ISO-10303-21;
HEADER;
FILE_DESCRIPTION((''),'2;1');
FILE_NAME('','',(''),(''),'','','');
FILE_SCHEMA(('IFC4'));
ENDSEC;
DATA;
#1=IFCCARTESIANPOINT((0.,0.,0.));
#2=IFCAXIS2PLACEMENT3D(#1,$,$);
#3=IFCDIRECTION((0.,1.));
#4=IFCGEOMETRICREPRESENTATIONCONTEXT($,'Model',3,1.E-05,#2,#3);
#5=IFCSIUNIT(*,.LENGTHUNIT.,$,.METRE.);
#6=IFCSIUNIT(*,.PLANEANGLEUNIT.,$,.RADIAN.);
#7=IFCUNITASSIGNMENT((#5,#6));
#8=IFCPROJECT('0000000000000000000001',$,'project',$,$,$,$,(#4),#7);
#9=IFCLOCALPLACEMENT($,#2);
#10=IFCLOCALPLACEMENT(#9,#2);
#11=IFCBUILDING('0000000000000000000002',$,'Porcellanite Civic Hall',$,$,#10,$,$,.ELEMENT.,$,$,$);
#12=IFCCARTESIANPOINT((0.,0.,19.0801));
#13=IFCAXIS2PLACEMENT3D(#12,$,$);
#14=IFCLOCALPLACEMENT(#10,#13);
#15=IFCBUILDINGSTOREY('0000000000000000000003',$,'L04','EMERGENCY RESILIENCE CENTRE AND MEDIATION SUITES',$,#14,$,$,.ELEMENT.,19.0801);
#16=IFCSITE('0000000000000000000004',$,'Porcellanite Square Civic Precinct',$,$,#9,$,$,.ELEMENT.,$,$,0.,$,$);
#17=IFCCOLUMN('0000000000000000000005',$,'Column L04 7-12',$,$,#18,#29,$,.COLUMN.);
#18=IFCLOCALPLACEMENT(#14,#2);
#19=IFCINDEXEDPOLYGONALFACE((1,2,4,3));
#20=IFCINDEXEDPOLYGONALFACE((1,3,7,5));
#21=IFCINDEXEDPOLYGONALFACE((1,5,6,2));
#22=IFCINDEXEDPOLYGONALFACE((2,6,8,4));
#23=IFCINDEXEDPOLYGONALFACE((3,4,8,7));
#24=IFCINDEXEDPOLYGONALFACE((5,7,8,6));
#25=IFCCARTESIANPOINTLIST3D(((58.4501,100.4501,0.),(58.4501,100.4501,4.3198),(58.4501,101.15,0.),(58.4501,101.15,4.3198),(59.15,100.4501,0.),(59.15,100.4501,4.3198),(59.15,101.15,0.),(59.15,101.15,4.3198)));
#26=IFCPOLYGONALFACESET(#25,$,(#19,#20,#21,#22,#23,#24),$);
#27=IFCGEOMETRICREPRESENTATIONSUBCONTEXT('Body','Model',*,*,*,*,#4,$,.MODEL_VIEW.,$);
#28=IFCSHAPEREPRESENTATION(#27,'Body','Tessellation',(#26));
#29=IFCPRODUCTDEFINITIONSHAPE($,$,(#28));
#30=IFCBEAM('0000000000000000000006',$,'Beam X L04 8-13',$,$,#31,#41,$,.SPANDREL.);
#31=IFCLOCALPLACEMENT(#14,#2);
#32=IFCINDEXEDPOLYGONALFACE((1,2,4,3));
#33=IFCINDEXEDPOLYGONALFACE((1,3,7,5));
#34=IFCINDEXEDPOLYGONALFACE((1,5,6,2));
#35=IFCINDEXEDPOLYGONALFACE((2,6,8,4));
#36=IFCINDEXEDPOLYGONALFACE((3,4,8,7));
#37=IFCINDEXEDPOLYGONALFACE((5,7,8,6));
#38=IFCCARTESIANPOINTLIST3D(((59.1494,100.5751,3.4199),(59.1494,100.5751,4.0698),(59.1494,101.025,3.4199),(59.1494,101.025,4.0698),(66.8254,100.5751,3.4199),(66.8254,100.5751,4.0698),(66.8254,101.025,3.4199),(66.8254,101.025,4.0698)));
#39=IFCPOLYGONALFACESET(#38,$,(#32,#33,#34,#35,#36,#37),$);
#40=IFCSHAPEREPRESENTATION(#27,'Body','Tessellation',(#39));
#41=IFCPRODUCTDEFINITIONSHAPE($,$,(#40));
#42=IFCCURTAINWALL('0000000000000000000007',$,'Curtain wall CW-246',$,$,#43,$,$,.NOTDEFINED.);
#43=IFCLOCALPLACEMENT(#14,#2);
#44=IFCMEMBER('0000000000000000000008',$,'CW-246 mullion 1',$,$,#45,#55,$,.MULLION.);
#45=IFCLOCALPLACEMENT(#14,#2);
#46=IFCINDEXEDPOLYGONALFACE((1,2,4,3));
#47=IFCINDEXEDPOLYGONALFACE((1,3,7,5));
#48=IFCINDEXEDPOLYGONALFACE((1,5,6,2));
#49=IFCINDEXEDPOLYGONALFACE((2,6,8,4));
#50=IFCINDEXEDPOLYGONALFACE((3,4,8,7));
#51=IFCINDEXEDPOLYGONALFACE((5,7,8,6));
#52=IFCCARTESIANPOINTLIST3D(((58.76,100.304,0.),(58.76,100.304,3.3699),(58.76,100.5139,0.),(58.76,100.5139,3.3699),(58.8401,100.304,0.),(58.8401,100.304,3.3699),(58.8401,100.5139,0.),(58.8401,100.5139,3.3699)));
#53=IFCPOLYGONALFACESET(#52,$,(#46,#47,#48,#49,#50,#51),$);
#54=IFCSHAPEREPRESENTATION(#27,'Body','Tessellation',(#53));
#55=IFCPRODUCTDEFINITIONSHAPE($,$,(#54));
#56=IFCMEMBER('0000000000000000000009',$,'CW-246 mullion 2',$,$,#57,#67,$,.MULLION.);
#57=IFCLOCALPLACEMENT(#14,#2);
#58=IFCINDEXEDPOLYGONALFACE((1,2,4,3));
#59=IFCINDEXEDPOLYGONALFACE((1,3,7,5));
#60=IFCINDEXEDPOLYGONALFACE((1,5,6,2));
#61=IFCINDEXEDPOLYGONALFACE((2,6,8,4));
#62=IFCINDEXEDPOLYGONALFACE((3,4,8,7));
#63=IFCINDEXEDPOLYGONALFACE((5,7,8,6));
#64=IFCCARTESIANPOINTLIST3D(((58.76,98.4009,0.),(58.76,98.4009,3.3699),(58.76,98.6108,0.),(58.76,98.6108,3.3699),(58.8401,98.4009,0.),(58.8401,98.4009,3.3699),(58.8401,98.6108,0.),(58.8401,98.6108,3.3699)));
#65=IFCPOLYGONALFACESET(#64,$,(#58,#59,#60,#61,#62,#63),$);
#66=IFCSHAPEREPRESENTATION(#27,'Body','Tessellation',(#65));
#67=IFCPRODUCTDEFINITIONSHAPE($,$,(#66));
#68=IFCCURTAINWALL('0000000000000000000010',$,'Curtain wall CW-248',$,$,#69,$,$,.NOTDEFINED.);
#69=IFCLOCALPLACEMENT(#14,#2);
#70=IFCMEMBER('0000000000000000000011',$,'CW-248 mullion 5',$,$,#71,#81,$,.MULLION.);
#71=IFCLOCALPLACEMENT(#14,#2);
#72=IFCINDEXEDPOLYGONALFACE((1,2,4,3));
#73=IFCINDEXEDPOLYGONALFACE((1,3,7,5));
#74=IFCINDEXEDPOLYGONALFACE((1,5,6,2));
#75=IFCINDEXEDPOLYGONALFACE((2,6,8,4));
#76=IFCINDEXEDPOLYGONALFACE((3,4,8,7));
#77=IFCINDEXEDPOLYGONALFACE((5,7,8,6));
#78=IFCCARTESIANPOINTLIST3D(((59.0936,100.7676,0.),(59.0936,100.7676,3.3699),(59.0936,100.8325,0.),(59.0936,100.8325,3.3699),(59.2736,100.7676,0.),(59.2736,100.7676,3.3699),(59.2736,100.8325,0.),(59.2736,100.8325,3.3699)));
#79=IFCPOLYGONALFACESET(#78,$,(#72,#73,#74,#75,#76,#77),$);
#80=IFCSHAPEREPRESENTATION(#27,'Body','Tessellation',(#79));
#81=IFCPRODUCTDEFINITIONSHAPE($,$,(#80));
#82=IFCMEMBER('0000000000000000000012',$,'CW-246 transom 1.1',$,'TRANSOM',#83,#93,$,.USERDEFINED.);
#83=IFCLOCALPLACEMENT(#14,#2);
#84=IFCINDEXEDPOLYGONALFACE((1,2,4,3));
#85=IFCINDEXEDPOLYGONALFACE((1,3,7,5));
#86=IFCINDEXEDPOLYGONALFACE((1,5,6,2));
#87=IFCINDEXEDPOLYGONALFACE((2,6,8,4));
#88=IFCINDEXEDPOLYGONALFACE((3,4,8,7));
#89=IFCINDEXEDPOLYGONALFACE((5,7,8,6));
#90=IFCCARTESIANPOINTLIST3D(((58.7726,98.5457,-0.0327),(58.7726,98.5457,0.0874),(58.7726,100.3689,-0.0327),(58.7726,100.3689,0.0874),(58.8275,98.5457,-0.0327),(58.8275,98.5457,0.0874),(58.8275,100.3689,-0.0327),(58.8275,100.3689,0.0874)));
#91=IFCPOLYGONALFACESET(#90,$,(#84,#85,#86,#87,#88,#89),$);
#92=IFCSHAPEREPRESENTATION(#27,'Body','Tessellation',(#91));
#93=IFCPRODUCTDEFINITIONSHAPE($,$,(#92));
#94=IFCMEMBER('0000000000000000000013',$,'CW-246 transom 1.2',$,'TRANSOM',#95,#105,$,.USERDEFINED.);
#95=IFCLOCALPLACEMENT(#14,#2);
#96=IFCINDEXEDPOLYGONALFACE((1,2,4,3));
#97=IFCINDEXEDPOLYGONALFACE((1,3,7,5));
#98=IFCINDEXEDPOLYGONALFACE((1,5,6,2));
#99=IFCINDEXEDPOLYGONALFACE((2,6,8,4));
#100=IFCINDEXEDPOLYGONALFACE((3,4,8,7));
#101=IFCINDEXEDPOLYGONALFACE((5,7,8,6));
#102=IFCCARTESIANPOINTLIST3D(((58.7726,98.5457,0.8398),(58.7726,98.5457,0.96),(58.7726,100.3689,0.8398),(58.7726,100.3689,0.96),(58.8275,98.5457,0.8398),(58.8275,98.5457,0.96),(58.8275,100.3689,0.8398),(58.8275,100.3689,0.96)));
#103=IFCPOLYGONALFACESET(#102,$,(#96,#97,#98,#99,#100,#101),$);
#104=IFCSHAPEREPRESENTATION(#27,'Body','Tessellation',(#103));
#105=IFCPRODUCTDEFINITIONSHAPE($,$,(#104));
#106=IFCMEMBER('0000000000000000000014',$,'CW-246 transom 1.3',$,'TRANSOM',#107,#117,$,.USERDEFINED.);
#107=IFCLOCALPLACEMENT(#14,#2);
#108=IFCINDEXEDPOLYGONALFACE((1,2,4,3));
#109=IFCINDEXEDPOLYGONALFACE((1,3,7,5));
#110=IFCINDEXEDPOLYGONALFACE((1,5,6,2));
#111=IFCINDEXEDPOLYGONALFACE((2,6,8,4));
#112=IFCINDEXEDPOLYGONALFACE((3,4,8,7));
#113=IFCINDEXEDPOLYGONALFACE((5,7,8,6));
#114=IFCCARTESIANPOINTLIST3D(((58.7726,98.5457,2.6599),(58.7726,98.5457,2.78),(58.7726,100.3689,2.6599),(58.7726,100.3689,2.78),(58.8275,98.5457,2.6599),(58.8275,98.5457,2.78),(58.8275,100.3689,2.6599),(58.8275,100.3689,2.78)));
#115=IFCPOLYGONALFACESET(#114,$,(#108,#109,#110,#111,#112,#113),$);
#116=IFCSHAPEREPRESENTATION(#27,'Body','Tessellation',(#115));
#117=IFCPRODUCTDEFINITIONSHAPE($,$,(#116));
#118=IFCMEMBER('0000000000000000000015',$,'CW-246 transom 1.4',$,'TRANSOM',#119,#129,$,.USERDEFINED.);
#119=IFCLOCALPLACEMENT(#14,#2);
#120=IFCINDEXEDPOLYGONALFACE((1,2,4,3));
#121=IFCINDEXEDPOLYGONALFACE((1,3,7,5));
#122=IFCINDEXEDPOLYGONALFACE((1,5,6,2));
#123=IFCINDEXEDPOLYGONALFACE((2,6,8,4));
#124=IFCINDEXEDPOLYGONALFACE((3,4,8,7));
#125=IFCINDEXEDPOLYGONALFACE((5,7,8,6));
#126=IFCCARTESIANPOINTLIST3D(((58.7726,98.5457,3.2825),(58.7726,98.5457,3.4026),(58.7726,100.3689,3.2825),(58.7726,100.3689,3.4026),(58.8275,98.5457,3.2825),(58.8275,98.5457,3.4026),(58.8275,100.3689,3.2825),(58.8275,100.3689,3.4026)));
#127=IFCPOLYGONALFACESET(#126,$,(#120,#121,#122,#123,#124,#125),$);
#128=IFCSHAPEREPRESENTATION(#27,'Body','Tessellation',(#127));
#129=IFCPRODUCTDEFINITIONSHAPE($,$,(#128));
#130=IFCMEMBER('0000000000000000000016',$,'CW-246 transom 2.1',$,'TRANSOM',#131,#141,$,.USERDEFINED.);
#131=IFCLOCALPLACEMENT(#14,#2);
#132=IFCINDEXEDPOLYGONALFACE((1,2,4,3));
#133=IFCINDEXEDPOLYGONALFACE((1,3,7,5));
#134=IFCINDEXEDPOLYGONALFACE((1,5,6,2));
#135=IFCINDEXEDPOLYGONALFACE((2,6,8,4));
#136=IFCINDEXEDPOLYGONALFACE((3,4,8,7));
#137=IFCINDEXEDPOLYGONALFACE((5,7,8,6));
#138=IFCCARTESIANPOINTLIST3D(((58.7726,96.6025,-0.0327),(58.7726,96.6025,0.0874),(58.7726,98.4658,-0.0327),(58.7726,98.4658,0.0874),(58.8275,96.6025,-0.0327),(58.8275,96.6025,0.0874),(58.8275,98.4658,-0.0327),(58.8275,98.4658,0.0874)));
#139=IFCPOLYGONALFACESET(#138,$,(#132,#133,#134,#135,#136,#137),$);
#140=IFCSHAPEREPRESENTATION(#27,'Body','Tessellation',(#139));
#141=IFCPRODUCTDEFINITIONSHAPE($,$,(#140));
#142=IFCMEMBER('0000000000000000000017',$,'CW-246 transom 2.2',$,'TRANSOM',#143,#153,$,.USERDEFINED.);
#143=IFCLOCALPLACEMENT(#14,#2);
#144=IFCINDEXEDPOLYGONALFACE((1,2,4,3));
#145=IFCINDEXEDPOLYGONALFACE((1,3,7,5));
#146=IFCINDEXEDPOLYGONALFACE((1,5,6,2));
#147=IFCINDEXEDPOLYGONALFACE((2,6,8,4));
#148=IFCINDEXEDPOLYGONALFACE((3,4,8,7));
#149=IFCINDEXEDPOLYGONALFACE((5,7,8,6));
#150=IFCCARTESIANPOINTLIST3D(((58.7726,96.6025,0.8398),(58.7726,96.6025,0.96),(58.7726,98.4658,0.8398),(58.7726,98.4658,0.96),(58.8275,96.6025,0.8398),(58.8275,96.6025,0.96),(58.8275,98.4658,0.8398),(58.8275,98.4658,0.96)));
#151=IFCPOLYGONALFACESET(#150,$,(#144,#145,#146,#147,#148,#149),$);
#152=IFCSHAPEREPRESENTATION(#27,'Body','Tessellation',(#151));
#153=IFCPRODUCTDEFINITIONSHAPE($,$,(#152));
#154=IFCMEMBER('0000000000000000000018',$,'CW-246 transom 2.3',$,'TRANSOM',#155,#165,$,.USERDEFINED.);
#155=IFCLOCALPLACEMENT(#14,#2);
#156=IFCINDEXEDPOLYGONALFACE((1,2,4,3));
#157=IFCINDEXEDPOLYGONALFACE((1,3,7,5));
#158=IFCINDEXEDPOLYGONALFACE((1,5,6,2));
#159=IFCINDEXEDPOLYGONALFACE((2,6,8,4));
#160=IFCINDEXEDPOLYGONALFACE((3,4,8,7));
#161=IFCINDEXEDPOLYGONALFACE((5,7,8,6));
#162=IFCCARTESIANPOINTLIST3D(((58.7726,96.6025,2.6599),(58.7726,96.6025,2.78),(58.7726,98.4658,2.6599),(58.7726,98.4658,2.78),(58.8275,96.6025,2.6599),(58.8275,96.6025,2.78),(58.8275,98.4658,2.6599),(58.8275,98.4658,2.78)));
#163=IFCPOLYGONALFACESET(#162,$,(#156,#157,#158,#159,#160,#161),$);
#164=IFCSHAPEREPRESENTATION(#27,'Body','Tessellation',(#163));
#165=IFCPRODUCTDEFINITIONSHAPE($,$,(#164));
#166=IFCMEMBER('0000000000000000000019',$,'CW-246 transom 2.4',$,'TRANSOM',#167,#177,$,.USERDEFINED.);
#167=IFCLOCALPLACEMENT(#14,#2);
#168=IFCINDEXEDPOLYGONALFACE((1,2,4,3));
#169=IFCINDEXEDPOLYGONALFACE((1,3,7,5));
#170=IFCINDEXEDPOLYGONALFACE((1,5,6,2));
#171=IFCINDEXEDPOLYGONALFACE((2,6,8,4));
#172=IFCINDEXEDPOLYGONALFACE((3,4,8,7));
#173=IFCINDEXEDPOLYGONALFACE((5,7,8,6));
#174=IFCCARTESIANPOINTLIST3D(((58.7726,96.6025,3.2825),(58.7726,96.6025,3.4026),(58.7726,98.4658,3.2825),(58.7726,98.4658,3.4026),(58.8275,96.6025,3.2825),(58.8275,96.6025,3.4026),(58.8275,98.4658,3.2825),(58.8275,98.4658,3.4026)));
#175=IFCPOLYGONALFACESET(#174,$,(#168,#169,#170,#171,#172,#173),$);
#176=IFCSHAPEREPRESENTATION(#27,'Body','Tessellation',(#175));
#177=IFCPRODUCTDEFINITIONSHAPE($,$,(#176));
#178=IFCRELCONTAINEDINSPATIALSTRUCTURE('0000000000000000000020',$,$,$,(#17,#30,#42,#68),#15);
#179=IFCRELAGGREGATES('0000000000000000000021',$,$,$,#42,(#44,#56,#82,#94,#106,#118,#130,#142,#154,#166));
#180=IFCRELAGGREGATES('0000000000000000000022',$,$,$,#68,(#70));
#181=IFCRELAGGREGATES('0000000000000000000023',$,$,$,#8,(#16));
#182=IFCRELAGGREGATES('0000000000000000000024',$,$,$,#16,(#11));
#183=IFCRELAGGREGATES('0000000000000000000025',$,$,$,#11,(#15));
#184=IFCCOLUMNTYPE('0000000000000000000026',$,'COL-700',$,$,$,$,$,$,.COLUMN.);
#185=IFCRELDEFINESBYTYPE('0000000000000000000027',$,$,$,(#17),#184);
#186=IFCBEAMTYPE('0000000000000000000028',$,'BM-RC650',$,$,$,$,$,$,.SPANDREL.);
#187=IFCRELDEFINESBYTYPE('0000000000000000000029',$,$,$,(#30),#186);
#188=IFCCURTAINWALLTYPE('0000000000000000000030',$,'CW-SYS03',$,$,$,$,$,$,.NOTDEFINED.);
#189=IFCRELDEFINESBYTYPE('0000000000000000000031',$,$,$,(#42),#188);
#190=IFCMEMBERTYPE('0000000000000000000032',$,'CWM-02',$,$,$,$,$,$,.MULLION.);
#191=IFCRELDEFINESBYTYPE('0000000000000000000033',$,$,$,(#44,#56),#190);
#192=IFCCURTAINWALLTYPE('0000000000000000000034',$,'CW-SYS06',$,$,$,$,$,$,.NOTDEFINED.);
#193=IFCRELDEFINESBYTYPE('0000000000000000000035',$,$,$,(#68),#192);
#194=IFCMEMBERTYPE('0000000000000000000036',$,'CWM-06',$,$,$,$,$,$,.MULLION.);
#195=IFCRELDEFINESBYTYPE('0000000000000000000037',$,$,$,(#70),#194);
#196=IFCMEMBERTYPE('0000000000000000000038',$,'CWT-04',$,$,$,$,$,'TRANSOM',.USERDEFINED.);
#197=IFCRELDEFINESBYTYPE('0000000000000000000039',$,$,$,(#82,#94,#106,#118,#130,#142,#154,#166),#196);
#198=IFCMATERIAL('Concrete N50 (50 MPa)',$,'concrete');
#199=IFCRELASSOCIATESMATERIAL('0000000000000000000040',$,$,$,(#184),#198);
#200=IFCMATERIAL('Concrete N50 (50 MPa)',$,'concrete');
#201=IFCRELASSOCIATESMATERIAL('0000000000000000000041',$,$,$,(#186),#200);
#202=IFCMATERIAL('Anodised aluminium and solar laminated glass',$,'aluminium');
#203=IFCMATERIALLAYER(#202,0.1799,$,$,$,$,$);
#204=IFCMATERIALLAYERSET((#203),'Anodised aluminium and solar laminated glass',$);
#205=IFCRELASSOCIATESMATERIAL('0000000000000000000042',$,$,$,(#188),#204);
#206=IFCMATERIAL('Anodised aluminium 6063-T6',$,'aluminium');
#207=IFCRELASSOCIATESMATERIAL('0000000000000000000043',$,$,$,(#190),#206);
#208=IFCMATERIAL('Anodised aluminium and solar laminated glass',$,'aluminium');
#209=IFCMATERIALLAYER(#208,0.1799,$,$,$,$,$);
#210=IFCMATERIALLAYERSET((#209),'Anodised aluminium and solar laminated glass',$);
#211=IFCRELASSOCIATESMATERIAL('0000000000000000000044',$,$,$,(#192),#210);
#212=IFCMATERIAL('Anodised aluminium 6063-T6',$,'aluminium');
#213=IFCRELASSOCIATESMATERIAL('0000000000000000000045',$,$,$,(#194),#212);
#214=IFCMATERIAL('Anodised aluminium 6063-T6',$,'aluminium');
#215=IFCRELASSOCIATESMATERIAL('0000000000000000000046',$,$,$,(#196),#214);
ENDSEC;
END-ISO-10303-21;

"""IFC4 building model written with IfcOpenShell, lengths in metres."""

from ifc_helpers import new_model, si_unit, direction, frame, origin, origin_2d, place, context, subcontext, project, spatial, rectangle, extrude, material, layer, layer_set, material_profile, profile_set, type_object, element, aggregate, save


model = new_model("IFC4")

# Units and contexts
model_context = context("Model", 3, precision=1e-05, world=origin(), true_north=direction((0.0, 1.0)))
body_context = subcontext(model_context, "Body", "Model", "MODEL_VIEW")
ifc_project = project(units=[si_unit("LENGTHUNIT", "METRE"), si_unit("PLANEANGLEUNIT", "RADIAN")], contexts=[model_context])

# Site, building, storey
site_placement = place(None, origin())
site = spatial("IfcSite", under=ifc_project, at=site_placement, Name="Porcellanite Square Civic Precinct", CompositionType="ELEMENT", RefElevation=0.0)
building_placement = place(site_placement, origin())
building = spatial("IfcBuilding", under=site, at=building_placement, Name="Porcellanite Civic Hall", CompositionType="ELEMENT")
storey_placement = place(building_placement, frame((0.0, 0.0, 19.0801)))
storey = spatial("IfcBuildingStorey", under=building, at=storey_placement, Name="L04", Description="EMERGENCY RESILIENCE CENTRE AND MEDIATION SUITES", CompositionType="ELEMENT", Elevation=19.0801)

# Column
ifc_material_1 = material(Name="Concrete N50 (50 MPa)", Category="concrete")
ifc_material_profile_1 = material_profile(ifc_material_1, rectangle(XDim=0.7, YDim=0.7, at=origin_2d()), Name="RC-700x700")
ifc_profile_set_1 = profile_set([ifc_material_profile_1], Name="Concrete N50 (50 MPa)")
column_type = type_object("IfcColumnType", Name="COL-700", PredefinedType="COLUMN", material=ifc_profile_set_1)
column_placement = place(storey_placement, frame((58.8, 100.8, 0.0), z_axis=(0.0, 0.0, 1.0), x_axis=(1.0, 0.0, 0.0)))
element("IfcColumn", 1, at=column_placement, inside=storey, type_object=column_type, Name="Column L04 7-12", PredefinedType="COLUMN", context=body_context, shape_type="SweptSolid", body=[
    extrude(rectangle(XDim=0.7, YDim=0.7, at=origin_2d()), origin(), (0.0, 0.0, 1.0), 4.3198),
])

# Beam
ifc_material_2 = material(Name="Concrete N50 (50 MPa)", Category="concrete")
ifc_material_profile_2 = material_profile(ifc_material_2, rectangle(XDim=0.45, YDim=0.6499, at=origin_2d()), Name="RC-450x650")
ifc_profile_set_2 = profile_set([ifc_material_profile_2], Name="Concrete N50 (50 MPa)")
beam_type = type_object("IfcBeamType", Name="BM-RC650", PredefinedType="SPANDREL", material=ifc_profile_set_2)
beam_placement = place(storey_placement, frame((59.1494, 100.8, 3.7449), z_axis=(1.0, 0.0, 0.0), x_axis=(0.0, 1.0, 0.0)))
element("IfcBeam", 2, at=beam_placement, inside=storey, type_object=beam_type, Name="Beam X L04 8-13", PredefinedType="SPANDREL", context=body_context, shape_type="SweptSolid", body=[
    extrude(rectangle(XDim=0.45, YDim=0.6499, at=origin_2d()), origin(), (0.0, 0.0, 1.0), 7.676),
])

# Curtain wall, members
ifc_material_3 = material(Name="Anodised aluminium and solar laminated glass", Category="aluminium")
ifc_layer_1 = layer(ifc_material_3, 0.1799)
ifc_layer_set_1 = layer_set([ifc_layer_1], Name="Anodised aluminium and solar laminated glass")
curtain_wall_type_1 = type_object("IfcCurtainWallType", Name="CW-SYS03", PredefinedType="NOTDEFINED", material=ifc_layer_set_1)
curtain_wall_1_placement = place(storey_placement, origin())
curtain_wall_1 = element("IfcCurtainWall", 3, at=curtain_wall_1_placement, inside=storey, type_object=curtain_wall_type_1, Name="Curtain wall CW-246", PredefinedType="NOTDEFINED")
ifc_material_4 = material(Name="Anodised aluminium 6063-T6", Category="aluminium")
ifc_material_profile_3 = material_profile(ifc_material_4, rectangle(XDim=0.0801, YDim=0.21, at=origin_2d()), Name="AL-80x210")
ifc_profile_set_3 = profile_set([ifc_material_profile_3], Name="Anodised aluminium 6063-T6")
member_type_1 = type_object("IfcMemberType", Name="CWM-02", PredefinedType="MULLION", material=ifc_profile_set_3)
member_1_placement = place(storey_placement, frame((58.8, 100.4089, 0.0), z_axis=(0.0, 0.0, 1.0), x_axis=(1.0, 0.0, 0.0)))
member_1 = element("IfcMember", 4, at=member_1_placement, type_object=member_type_1, Name="CW-246 mullion 1", PredefinedType="MULLION", context=body_context, shape_type="SweptSolid", body=[
    extrude(rectangle(XDim=0.0801, YDim=0.21, at=origin_2d()), origin(), (0.0, 0.0, 1.0), 3.3699),
])
member_2_placement = place(storey_placement, frame((58.8, 98.5059, 0.0), z_axis=(0.0, 0.0, 1.0), x_axis=(1.0, 0.0, 0.0)))
member_2 = element("IfcMember", 5, at=member_2_placement, type_object=member_type_1, Name="CW-246 mullion 2", PredefinedType="MULLION", context=body_context, shape_type="SweptSolid", body=[
    extrude(rectangle(XDim=0.0801, YDim=0.21, at=origin_2d()), origin(), (0.0, 0.0, 1.0), 3.3699),
])

# Curtain wall, member
ifc_material_5 = material(Name="Anodised aluminium and solar laminated glass", Category="aluminium")
ifc_layer_2 = layer(ifc_material_5, 0.1799)
ifc_layer_set_2 = layer_set([ifc_layer_2], Name="Anodised aluminium and solar laminated glass")
curtain_wall_type_2 = type_object("IfcCurtainWallType", Name="CW-SYS06", PredefinedType="NOTDEFINED", material=ifc_layer_set_2)
curtain_wall_2_placement = place(storey_placement, origin())
curtain_wall_2 = element("IfcCurtainWall", 6, at=curtain_wall_2_placement, inside=storey, type_object=curtain_wall_type_2, Name="Curtain wall CW-248", PredefinedType="NOTDEFINED")
ifc_material_6 = material(Name="Anodised aluminium 6063-T6", Category="aluminium")
ifc_material_profile_4 = material_profile(ifc_material_6, rectangle(XDim=0.0649, YDim=0.1799, at=origin_2d()), Name="AL-65x180")
ifc_profile_set_4 = profile_set([ifc_material_profile_4], Name="Anodised aluminium 6063-T6")
member_type_2 = type_object("IfcMemberType", Name="CWM-06", PredefinedType="MULLION", material=ifc_profile_set_4)
member_3_placement = place(storey_placement, frame((59.1836, 100.8, 0.0), z_axis=(0.0, 0.0, 1.0), x_axis=(0.0, -1.0, 0.0)))
member_3 = element("IfcMember", 7, at=member_3_placement, type_object=member_type_2, Name="CW-248 mullion 5", PredefinedType="MULLION", context=body_context, shape_type="SweptSolid", body=[
    extrude(rectangle(XDim=0.0649, YDim=0.1799, at=origin_2d()), origin(), (0.0, 0.0, 1.0), 3.3699),
])

# Members
ifc_material_7 = material(Name="Anodised aluminium 6063-T6", Category="aluminium")
ifc_material_profile_5 = material_profile(ifc_material_7, rectangle(XDim=0.0549, YDim=0.1201, at=origin_2d()), Name="AL-55x120")
ifc_profile_set_5 = profile_set([ifc_material_profile_5], Name="Anodised aluminium 6063-T6")
member_type_3 = type_object("IfcMemberType", Name="CWT-04", ElementType="TRANSOM", PredefinedType="USERDEFINED", material=ifc_profile_set_5)
member_4_placement = place(storey_placement, frame((58.8, 100.3689, 0.0273), z_axis=(0.0, -1.0, 0.0), x_axis=(1.0, 0.0, 0.0)))
member_4 = element("IfcMember", 8, at=member_4_placement, type_object=member_type_3, Name="CW-246 transom 1.1", ObjectType="TRANSOM", PredefinedType="USERDEFINED", context=body_context, shape_type="SweptSolid", body=[
    extrude(rectangle(XDim=0.0549, YDim=0.1201, at=origin_2d()), origin(), (0.0, 0.0, 1.0), 1.8232),
])
member_5_placement = place(storey_placement, frame((58.8, 100.3689, 0.8999), z_axis=(0.0, -1.0, 0.0), x_axis=(1.0, 0.0, 0.0)))
member_5 = element("IfcMember", 9, at=member_5_placement, type_object=member_type_3, Name="CW-246 transom 1.2", ObjectType="TRANSOM", PredefinedType="USERDEFINED", context=body_context, shape_type="SweptSolid", body=[
    extrude(rectangle(XDim=0.0549, YDim=0.1201, at=origin_2d()), origin(), (0.0, 0.0, 1.0), 1.8232),
])
member_6_placement = place(storey_placement, frame((58.8, 100.3689, 2.72), z_axis=(0.0, -1.0, 0.0), x_axis=(1.0, 0.0, 0.0)))
member_6 = element("IfcMember", 10, at=member_6_placement, type_object=member_type_3, Name="CW-246 transom 1.3", ObjectType="TRANSOM", PredefinedType="USERDEFINED", context=body_context, shape_type="SweptSolid", body=[
    extrude(rectangle(XDim=0.0549, YDim=0.1201, at=origin_2d()), origin(), (0.0, 0.0, 1.0), 1.8232),
])
member_7_placement = place(storey_placement, frame((58.8, 100.3689, 3.3425), z_axis=(0.0, -1.0, 0.0), x_axis=(1.0, 0.0, 0.0)))
member_7 = element("IfcMember", 11, at=member_7_placement, type_object=member_type_3, Name="CW-246 transom 1.4", ObjectType="TRANSOM", PredefinedType="USERDEFINED", context=body_context, shape_type="SweptSolid", body=[
    extrude(rectangle(XDim=0.0549, YDim=0.1201, at=origin_2d()), origin(), (0.0, 0.0, 1.0), 1.8232),
])
member_8_placement = place(storey_placement, frame((58.8, 98.4658, 0.0273), z_axis=(0.0, -1.0, 0.0), x_axis=(1.0, 0.0, 0.0)))
member_8 = element("IfcMember", 12, at=member_8_placement, type_object=member_type_3, Name="CW-246 transom 2.1", ObjectType="TRANSOM", PredefinedType="USERDEFINED", context=body_context, shape_type="SweptSolid", body=[
    extrude(rectangle(XDim=0.0549, YDim=0.1201, at=origin_2d()), origin(), (0.0, 0.0, 1.0), 1.8633),
])
member_9_placement = place(storey_placement, frame((58.8, 98.4658, 0.8999), z_axis=(0.0, -1.0, 0.0), x_axis=(1.0, 0.0, 0.0)))
member_9 = element("IfcMember", 13, at=member_9_placement, type_object=member_type_3, Name="CW-246 transom 2.2", ObjectType="TRANSOM", PredefinedType="USERDEFINED", context=body_context, shape_type="SweptSolid", body=[
    extrude(rectangle(XDim=0.0549, YDim=0.1201, at=origin_2d()), origin(), (0.0, 0.0, 1.0), 1.8633),
])
member_10_placement = place(storey_placement, frame((58.8, 98.4658, 2.72), z_axis=(0.0, -1.0, 0.0), x_axis=(1.0, 0.0, 0.0)))
member_10 = element("IfcMember", 14, at=member_10_placement, type_object=member_type_3, Name="CW-246 transom 2.3", ObjectType="TRANSOM", PredefinedType="USERDEFINED", context=body_context, shape_type="SweptSolid", body=[
    extrude(rectangle(XDim=0.0549, YDim=0.1201, at=origin_2d()), origin(), (0.0, 0.0, 1.0), 1.8633),
])
member_11_placement = place(storey_placement, frame((58.8, 98.4658, 3.3425), z_axis=(0.0, -1.0, 0.0), x_axis=(1.0, 0.0, 0.0)))
member_11 = element("IfcMember", 15, at=member_11_placement, type_object=member_type_3, Name="CW-246 transom 2.4", ObjectType="TRANSOM", PredefinedType="USERDEFINED", context=body_context, shape_type="SweptSolid", body=[
    extrude(rectangle(XDim=0.0549, YDim=0.1201, at=origin_2d()), origin(), (0.0, 0.0, 1.0), 1.8633),
])

aggregate(curtain_wall_1, [member_1, member_2, member_4, member_5, member_6, member_7, member_8, member_9, member_10, member_11])
aggregate(curtain_wall_2, [member_3])

save(model, "model.ifc")
